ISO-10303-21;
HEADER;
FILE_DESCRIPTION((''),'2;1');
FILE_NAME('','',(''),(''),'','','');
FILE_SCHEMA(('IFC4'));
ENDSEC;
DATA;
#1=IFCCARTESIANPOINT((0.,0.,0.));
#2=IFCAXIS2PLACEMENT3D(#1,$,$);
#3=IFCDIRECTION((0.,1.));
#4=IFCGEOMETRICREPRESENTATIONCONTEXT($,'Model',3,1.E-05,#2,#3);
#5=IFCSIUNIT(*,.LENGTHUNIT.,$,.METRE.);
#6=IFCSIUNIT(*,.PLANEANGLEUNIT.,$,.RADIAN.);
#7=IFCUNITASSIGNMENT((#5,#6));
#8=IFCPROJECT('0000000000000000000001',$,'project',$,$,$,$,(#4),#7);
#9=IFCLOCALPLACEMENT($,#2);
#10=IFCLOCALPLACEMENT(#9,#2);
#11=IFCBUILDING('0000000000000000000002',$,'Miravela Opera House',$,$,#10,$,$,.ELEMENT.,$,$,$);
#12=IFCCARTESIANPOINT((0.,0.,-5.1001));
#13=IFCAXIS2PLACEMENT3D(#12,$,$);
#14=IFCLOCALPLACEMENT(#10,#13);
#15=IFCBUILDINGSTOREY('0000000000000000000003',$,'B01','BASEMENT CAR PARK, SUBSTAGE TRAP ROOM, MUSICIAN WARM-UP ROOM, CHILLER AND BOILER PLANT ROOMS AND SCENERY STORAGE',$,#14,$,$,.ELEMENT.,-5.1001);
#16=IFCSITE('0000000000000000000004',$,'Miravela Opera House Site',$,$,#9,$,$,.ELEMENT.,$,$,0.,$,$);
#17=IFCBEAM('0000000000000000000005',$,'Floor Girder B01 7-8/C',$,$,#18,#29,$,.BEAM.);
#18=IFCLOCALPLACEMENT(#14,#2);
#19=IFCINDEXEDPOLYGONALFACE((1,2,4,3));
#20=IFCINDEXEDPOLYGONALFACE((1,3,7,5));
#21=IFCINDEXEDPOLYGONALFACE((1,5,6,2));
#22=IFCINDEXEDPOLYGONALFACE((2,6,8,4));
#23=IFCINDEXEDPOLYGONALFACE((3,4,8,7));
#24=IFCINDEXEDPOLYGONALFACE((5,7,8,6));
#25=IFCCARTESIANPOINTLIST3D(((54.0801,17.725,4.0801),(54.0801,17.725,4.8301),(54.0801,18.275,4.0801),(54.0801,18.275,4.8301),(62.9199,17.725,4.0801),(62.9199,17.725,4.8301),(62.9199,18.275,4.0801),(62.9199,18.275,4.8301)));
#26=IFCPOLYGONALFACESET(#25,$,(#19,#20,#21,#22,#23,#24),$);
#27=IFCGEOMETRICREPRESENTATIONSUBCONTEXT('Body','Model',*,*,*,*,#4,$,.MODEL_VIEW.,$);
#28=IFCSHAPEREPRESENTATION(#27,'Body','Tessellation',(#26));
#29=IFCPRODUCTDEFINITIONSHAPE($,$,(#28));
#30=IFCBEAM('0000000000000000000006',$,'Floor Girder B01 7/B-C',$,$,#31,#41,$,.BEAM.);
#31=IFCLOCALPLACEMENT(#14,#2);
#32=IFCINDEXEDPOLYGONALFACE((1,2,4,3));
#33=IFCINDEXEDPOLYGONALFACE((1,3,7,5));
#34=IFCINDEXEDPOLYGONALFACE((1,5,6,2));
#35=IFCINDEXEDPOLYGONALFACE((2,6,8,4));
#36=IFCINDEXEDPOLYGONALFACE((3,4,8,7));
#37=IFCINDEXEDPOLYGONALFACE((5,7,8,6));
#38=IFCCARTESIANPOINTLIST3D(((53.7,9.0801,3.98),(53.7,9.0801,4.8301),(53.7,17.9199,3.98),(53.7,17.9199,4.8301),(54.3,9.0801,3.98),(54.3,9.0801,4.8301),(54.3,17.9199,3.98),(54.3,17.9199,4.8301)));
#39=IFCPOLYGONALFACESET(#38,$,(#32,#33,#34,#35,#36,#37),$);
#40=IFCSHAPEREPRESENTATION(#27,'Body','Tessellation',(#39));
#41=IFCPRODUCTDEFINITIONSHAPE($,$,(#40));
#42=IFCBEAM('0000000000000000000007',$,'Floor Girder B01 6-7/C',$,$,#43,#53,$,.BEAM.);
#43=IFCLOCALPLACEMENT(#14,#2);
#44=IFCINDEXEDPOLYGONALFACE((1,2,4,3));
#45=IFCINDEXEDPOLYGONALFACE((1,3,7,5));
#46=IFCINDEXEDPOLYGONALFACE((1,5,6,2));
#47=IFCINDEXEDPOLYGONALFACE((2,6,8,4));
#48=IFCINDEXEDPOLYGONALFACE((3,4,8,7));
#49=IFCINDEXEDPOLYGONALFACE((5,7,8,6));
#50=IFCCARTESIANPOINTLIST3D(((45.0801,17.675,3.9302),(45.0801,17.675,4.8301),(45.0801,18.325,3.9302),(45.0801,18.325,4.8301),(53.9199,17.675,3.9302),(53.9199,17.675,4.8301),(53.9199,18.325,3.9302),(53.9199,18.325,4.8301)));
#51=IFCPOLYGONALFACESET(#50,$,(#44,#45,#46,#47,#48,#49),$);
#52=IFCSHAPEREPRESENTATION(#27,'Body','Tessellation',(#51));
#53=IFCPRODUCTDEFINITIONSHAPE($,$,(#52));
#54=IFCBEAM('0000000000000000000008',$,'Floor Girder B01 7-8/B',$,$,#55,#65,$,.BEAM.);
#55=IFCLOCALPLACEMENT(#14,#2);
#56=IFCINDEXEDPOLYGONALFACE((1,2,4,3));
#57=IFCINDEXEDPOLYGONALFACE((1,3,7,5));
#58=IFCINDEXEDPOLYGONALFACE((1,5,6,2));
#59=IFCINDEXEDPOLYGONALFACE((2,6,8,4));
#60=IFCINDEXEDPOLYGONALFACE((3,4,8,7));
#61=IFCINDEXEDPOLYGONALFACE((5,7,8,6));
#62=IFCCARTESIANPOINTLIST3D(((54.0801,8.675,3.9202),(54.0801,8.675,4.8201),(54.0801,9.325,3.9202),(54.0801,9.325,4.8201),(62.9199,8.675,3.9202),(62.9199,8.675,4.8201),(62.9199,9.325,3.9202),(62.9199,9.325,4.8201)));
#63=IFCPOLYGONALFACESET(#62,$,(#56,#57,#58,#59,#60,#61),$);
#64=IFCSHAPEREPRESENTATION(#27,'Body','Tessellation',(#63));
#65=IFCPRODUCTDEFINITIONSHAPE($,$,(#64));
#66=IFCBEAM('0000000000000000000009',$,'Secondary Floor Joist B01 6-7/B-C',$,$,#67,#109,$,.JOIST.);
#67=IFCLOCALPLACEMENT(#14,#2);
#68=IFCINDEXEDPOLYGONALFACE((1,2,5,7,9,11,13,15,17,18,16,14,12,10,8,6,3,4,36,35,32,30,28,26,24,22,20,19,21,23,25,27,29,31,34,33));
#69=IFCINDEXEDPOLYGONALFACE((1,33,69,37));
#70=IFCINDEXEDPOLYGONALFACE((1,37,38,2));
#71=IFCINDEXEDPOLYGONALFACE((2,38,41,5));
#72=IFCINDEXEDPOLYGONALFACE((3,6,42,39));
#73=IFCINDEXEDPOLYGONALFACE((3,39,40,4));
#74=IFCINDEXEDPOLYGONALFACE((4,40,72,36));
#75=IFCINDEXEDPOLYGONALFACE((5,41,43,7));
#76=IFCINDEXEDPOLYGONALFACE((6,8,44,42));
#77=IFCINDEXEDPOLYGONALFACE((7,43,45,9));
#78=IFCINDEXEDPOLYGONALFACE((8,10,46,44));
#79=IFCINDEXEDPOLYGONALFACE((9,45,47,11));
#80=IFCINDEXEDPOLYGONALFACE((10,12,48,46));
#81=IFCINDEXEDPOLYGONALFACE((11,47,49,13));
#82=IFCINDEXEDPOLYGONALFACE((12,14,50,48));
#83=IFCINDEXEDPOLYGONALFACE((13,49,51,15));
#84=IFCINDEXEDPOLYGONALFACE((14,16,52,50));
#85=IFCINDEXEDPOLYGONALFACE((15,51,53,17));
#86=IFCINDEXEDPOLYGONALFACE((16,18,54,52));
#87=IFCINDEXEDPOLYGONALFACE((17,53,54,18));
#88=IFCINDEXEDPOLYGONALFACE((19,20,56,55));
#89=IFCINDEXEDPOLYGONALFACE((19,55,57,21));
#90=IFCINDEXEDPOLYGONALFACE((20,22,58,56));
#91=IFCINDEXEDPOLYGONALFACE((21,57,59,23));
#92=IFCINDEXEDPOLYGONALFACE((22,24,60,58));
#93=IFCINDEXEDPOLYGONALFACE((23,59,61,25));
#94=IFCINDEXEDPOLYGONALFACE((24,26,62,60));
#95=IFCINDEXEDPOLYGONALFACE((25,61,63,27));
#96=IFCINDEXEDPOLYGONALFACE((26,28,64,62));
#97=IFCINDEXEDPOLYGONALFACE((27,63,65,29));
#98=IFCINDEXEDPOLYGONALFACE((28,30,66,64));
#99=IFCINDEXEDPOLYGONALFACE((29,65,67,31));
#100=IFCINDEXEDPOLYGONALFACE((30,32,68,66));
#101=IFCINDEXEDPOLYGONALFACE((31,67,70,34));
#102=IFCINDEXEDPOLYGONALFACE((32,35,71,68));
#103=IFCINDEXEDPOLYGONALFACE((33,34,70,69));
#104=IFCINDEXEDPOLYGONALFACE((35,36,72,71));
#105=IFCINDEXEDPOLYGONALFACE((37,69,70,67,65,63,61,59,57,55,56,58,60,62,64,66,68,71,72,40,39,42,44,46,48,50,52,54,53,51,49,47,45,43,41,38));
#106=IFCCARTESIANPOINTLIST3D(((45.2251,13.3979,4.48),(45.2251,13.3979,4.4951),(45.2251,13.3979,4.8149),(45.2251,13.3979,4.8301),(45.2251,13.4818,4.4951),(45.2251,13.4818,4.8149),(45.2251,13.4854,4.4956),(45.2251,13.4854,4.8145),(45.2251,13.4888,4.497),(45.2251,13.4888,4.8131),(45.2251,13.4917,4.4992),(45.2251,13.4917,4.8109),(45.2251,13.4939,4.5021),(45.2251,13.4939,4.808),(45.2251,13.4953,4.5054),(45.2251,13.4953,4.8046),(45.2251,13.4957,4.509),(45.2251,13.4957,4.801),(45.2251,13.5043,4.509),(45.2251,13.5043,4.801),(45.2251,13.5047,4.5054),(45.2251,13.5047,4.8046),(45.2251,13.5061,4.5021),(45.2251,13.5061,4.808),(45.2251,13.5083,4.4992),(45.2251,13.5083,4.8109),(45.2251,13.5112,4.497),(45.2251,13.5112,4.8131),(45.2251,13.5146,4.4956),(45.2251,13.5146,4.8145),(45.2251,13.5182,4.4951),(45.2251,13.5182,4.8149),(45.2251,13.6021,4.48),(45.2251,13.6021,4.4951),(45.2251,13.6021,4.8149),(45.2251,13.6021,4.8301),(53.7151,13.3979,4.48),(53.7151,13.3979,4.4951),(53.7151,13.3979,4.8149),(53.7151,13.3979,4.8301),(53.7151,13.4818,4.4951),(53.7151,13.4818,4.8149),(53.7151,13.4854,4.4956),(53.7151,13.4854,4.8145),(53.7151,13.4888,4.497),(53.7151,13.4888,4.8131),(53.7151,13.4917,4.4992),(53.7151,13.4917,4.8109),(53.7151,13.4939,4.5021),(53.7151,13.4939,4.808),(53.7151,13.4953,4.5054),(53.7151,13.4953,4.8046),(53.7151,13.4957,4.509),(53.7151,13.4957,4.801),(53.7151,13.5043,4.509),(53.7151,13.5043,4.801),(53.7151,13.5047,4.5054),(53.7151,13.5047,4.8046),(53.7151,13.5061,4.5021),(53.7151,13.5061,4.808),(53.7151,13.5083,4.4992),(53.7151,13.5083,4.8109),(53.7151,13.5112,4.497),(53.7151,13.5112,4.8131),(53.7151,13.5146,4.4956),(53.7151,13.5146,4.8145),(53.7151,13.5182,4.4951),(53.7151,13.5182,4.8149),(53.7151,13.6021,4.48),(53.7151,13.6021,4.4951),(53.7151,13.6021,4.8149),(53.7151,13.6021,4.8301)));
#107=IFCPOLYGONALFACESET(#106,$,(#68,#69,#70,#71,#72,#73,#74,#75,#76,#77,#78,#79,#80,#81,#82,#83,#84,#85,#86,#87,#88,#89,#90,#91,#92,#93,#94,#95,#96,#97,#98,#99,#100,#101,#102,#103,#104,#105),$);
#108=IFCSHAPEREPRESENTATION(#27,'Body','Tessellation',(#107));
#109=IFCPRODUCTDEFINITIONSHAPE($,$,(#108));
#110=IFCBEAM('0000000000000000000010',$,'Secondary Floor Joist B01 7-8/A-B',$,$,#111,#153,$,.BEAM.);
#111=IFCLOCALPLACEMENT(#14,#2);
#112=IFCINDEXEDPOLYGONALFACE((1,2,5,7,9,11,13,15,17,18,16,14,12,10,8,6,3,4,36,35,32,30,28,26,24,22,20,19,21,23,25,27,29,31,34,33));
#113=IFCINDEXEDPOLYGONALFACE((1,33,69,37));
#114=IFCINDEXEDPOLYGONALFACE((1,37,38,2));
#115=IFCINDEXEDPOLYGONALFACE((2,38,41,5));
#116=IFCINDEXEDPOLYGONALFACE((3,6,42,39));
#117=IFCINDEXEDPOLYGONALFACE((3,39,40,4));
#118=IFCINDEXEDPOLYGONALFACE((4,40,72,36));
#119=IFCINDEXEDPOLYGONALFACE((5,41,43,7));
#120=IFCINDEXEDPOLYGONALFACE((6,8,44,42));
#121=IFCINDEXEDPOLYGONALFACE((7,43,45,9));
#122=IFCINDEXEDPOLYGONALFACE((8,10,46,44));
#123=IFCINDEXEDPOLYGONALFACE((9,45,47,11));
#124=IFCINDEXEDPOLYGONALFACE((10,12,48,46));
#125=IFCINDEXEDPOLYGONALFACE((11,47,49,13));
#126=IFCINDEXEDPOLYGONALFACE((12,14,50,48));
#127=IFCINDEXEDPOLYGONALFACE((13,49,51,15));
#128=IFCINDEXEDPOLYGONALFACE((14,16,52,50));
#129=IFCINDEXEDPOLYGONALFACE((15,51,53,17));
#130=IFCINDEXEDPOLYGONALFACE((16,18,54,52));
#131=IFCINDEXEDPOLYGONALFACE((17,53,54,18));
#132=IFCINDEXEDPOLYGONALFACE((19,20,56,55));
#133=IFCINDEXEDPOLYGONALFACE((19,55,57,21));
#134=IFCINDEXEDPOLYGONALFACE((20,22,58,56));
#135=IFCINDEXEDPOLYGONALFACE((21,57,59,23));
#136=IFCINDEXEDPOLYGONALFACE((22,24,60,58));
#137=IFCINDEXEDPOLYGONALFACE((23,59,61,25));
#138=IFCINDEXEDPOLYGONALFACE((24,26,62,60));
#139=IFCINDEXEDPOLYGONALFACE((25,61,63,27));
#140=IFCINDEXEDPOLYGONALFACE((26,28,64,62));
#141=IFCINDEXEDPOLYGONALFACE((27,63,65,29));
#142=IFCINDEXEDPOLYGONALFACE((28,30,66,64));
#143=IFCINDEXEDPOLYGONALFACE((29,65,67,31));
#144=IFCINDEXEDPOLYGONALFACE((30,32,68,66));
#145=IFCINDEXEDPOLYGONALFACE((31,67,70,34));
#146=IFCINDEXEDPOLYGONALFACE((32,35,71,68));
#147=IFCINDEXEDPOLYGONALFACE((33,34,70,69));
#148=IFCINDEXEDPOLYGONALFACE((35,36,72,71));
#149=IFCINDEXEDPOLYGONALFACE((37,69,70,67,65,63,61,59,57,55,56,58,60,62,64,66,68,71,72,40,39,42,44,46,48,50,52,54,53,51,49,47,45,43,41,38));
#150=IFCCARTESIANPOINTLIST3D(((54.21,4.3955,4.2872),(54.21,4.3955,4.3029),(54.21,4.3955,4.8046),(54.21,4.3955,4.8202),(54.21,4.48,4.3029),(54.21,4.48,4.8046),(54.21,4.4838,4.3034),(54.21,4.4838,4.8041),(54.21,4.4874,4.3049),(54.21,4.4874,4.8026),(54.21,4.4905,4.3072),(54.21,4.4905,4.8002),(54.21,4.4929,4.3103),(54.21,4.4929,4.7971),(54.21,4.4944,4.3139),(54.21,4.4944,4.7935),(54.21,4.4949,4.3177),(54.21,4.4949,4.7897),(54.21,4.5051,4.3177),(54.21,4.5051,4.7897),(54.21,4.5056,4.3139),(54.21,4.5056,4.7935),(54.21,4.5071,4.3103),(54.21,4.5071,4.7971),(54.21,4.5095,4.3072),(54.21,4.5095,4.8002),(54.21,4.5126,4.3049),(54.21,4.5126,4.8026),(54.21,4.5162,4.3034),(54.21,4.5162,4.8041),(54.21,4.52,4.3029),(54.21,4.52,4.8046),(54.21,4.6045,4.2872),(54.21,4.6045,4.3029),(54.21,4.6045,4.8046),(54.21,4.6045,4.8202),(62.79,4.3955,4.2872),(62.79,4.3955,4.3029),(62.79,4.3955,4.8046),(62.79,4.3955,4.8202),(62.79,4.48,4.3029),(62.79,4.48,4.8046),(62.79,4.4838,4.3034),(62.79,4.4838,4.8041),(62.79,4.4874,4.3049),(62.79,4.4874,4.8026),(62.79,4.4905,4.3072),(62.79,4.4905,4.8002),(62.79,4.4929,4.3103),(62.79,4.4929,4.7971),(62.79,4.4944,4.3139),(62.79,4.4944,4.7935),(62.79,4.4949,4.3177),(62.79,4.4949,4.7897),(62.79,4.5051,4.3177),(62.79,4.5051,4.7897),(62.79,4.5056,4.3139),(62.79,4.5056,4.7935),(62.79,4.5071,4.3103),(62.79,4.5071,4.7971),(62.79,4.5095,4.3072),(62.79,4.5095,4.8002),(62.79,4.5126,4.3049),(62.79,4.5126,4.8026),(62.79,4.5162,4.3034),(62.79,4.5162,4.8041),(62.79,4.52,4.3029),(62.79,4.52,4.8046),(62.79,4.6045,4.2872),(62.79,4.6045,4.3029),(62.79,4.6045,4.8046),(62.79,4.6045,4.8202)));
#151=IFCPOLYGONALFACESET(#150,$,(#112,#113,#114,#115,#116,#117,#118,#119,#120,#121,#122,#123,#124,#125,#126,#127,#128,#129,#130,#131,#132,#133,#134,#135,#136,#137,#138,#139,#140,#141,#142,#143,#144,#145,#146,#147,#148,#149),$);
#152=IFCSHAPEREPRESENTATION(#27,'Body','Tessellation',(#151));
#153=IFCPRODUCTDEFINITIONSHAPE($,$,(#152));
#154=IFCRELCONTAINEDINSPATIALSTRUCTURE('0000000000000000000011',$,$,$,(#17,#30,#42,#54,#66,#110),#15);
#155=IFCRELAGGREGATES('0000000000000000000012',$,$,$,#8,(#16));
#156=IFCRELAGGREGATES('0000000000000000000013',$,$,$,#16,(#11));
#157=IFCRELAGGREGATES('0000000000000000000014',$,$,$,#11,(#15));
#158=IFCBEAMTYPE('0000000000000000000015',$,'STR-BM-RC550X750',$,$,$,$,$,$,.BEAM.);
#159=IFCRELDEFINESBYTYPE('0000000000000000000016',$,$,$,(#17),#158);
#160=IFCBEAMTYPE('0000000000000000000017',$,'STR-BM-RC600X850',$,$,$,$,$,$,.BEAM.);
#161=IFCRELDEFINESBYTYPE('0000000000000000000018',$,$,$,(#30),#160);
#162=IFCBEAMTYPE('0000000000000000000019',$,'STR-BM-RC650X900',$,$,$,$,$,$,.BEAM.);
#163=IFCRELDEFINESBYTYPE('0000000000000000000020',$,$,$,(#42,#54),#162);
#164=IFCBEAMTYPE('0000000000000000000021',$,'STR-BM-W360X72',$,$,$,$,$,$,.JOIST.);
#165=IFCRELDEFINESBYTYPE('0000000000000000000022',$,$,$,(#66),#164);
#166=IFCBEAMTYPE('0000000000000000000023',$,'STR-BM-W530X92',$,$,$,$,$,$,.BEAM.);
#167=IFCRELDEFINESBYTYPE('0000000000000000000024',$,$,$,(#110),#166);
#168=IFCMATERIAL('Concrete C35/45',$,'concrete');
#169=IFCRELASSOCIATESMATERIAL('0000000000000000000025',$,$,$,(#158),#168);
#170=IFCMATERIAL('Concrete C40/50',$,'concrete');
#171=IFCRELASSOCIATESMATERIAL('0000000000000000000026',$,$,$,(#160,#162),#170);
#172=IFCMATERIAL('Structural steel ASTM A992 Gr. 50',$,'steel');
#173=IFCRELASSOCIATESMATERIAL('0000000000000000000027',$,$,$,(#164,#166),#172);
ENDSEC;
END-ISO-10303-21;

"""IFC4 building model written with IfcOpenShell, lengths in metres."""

from ifc_helpers import new_model, si_unit, direction, frame, origin, origin_2d, place, context, subcontext, project, spatial, rectangle, i_section, extrude, material, material_profile, profile_set, type_object, element, save


model = new_model("IFC4")

# Units and contexts
model_context = context("Model", 3, precision=1e-05, world=origin(), true_north=direction((0.0, 1.0)))
body_context = subcontext(model_context, "Body", "Model", "MODEL_VIEW")
ifc_project = project(units=[si_unit("LENGTHUNIT", "METRE"), si_unit("PLANEANGLEUNIT", "RADIAN")], contexts=[model_context])

# Site, building, storey
site_placement = place(None, origin())
site = spatial("IfcSite", under=ifc_project, at=site_placement, Name="Miravela Opera House Site", CompositionType="ELEMENT", RefElevation=0.0)
building_placement = place(site_placement, origin())
building = spatial("IfcBuilding", under=site, at=building_placement, Name="Miravela Opera House", CompositionType="ELEMENT")
storey_placement = place(building_placement, frame((0.0, 0.0, -5.1001)))
storey = spatial("IfcBuildingStorey", under=building, at=storey_placement, Name="B01", Description="BASEMENT CAR PARK, SUBSTAGE TRAP ROOM, MUSICIAN WARM-UP ROOM, CHILLER AND BOILER PLANT ROOMS AND SCENERY STORAGE", CompositionType="ELEMENT", Elevation=-5.1001)

# Shared definitions
ifc_material_1 = material(Name="Concrete C35/45", Category="concrete")

# Shared definitions
ifc_material_2 = material(Name="Concrete C40/50", Category="concrete")

# Beams
ifc_material_profile_1 = material_profile(ifc_material_1, rectangle(XDim=0.55, YDim=0.75, at=origin_2d()), Name="RC-BM-550X750")
ifc_profile_set_1 = profile_set([ifc_material_profile_1])
beam_type_1 = type_object("IfcBeamType", Name="STR-BM-RC550X750", PredefinedType="BEAM", material=ifc_profile_set_1)
beam_1_placement = place(storey_placement, frame((54.0801, 18.0, 4.4551), z_axis=(1.0, 0.0, 0.0), x_axis=(0.0, 1.0, 0.0)))
element("IfcBeam", 1, at=beam_1_placement, inside=storey, type_object=beam_type_1, Name="Floor Girder B01 7-8/C", PredefinedType="BEAM", context=body_context, shape_type="SweptSolid", body=[
    extrude(rectangle(XDim=0.55, YDim=0.75, at=origin_2d()), origin(), (0.0, 0.0, 1.0), 8.8398),
])
ifc_material_profile_2 = material_profile(ifc_material_2, rectangle(XDim=0.6001, YDim=0.8501, at=origin_2d()), Name="RC-BM-600X850")
ifc_profile_set_2 = profile_set([ifc_material_profile_2])
beam_type_2 = type_object("IfcBeamType", Name="STR-BM-RC600X850", PredefinedType="BEAM", material=ifc_profile_set_2)
beam_2_placement = place(storey_placement, frame((54.0, 9.0801, 4.405), z_axis=(0.0, 1.0, 0.0), x_axis=(-1.0, 0.0, 0.0)))
element("IfcBeam", 2, at=beam_2_placement, inside=storey, type_object=beam_type_2, Name="Floor Girder B01 7/B-C", PredefinedType="BEAM", context=body_context, shape_type="SweptSolid", body=[
    extrude(rectangle(XDim=0.6001, YDim=0.8501, at=origin_2d()), origin(), (0.0, 0.0, 1.0), 8.8398),
])
ifc_material_profile_3 = material_profile(ifc_material_2, rectangle(XDim=0.6499, YDim=0.8999, at=origin_2d()), Name="RC-BM-650X900")
ifc_profile_set_3 = profile_set([ifc_material_profile_3])
beam_type_3 = type_object("IfcBeamType", Name="STR-BM-RC650X900", PredefinedType="BEAM", material=ifc_profile_set_3)
for number, where, z_axis, x_axis, name in (
    (3, (45.0801, 18.0, 4.3801), (1.0, 0.0, 0.0), (0.0, 1.0, 0.0), "Floor Girder B01 6-7/C"),
    (4, (54.0801, 9.0, 4.3701), (1.0, 0.0, 0.0), (0.0, 1.0, 0.0), "Floor Girder B01 7-8/B"),
):
    element("IfcBeam", number, at=place(storey_placement, frame(where, z_axis=z_axis, x_axis=x_axis)), inside=storey, type_object=beam_type_3, Name=name, PredefinedType="BEAM", context=body_context, shape_type="SweptSolid", body=[
        extrude(rectangle(XDim=0.6499, YDim=0.8999, at=origin_2d()), origin(), (0.0, 0.0, 1.0), 8.8398),
    ])
ifc_material_3 = material(Name="Structural steel ASTM A992 Gr. 50", Category="steel")
ifc_material_profile_4 = material_profile(ifc_material_3, i_section(OverallWidth=0.2041, OverallDepth=0.3501, WebThickness=0.0085, FlangeThickness=0.0151, FilletRadius=0.0139, at=origin_2d()), Name="W360X72")
ifc_profile_set_4 = profile_set([ifc_material_profile_4])
beam_type_4 = type_object("IfcBeamType", Name="STR-BM-W360X72", PredefinedType="JOIST", material=ifc_profile_set_4)
beam_3_placement = place(storey_placement, frame((45.2251, 13.5, 4.655), z_axis=(1.0, 0.0, 0.0), x_axis=(0.0, 1.0, 0.0)))
element("IfcBeam", 5, at=beam_3_placement, inside=storey, type_object=beam_type_4, Name="Secondary Floor Joist B01 6-7/B-C", PredefinedType="JOIST", context=body_context, shape_type="SweptSolid", body=[
    extrude(i_section(OverallWidth=0.2041, OverallDepth=0.3501, WebThickness=0.0085, FlangeThickness=0.0151, FilletRadius=0.0139, at=origin_2d()), origin(), (0.0, 0.0, 1.0), 8.49),
])
ifc_material_profile_5 = material_profile(ifc_material_3, i_section(OverallWidth=0.209, OverallDepth=0.533, WebThickness=0.0103, FlangeThickness=0.0156, FilletRadius=0.0149, at=origin_2d()), Name="W530X92")
ifc_profile_set_5 = profile_set([ifc_material_profile_5])
beam_type_5 = type_object("IfcBeamType", Name="STR-BM-W530X92", PredefinedType="BEAM", material=ifc_profile_set_5)
beam_4_placement = place(storey_placement, frame((54.21, 4.5, 4.5537), z_axis=(1.0, 0.0, 0.0), x_axis=(0.0, 1.0, 0.0)))
element("IfcBeam", 6, at=beam_4_placement, inside=storey, type_object=beam_type_5, Name="Secondary Floor Joist B01 7-8/A-B", PredefinedType="BEAM", context=body_context, shape_type="SweptSolid", body=[
    extrude(i_section(OverallWidth=0.209, OverallDepth=0.533, WebThickness=0.0103, FlangeThickness=0.0156, FilletRadius=0.0149, at=origin_2d()), origin(), (0.0, 0.0, 1.0), 8.5801),
])

save(model, "model.ifc")
